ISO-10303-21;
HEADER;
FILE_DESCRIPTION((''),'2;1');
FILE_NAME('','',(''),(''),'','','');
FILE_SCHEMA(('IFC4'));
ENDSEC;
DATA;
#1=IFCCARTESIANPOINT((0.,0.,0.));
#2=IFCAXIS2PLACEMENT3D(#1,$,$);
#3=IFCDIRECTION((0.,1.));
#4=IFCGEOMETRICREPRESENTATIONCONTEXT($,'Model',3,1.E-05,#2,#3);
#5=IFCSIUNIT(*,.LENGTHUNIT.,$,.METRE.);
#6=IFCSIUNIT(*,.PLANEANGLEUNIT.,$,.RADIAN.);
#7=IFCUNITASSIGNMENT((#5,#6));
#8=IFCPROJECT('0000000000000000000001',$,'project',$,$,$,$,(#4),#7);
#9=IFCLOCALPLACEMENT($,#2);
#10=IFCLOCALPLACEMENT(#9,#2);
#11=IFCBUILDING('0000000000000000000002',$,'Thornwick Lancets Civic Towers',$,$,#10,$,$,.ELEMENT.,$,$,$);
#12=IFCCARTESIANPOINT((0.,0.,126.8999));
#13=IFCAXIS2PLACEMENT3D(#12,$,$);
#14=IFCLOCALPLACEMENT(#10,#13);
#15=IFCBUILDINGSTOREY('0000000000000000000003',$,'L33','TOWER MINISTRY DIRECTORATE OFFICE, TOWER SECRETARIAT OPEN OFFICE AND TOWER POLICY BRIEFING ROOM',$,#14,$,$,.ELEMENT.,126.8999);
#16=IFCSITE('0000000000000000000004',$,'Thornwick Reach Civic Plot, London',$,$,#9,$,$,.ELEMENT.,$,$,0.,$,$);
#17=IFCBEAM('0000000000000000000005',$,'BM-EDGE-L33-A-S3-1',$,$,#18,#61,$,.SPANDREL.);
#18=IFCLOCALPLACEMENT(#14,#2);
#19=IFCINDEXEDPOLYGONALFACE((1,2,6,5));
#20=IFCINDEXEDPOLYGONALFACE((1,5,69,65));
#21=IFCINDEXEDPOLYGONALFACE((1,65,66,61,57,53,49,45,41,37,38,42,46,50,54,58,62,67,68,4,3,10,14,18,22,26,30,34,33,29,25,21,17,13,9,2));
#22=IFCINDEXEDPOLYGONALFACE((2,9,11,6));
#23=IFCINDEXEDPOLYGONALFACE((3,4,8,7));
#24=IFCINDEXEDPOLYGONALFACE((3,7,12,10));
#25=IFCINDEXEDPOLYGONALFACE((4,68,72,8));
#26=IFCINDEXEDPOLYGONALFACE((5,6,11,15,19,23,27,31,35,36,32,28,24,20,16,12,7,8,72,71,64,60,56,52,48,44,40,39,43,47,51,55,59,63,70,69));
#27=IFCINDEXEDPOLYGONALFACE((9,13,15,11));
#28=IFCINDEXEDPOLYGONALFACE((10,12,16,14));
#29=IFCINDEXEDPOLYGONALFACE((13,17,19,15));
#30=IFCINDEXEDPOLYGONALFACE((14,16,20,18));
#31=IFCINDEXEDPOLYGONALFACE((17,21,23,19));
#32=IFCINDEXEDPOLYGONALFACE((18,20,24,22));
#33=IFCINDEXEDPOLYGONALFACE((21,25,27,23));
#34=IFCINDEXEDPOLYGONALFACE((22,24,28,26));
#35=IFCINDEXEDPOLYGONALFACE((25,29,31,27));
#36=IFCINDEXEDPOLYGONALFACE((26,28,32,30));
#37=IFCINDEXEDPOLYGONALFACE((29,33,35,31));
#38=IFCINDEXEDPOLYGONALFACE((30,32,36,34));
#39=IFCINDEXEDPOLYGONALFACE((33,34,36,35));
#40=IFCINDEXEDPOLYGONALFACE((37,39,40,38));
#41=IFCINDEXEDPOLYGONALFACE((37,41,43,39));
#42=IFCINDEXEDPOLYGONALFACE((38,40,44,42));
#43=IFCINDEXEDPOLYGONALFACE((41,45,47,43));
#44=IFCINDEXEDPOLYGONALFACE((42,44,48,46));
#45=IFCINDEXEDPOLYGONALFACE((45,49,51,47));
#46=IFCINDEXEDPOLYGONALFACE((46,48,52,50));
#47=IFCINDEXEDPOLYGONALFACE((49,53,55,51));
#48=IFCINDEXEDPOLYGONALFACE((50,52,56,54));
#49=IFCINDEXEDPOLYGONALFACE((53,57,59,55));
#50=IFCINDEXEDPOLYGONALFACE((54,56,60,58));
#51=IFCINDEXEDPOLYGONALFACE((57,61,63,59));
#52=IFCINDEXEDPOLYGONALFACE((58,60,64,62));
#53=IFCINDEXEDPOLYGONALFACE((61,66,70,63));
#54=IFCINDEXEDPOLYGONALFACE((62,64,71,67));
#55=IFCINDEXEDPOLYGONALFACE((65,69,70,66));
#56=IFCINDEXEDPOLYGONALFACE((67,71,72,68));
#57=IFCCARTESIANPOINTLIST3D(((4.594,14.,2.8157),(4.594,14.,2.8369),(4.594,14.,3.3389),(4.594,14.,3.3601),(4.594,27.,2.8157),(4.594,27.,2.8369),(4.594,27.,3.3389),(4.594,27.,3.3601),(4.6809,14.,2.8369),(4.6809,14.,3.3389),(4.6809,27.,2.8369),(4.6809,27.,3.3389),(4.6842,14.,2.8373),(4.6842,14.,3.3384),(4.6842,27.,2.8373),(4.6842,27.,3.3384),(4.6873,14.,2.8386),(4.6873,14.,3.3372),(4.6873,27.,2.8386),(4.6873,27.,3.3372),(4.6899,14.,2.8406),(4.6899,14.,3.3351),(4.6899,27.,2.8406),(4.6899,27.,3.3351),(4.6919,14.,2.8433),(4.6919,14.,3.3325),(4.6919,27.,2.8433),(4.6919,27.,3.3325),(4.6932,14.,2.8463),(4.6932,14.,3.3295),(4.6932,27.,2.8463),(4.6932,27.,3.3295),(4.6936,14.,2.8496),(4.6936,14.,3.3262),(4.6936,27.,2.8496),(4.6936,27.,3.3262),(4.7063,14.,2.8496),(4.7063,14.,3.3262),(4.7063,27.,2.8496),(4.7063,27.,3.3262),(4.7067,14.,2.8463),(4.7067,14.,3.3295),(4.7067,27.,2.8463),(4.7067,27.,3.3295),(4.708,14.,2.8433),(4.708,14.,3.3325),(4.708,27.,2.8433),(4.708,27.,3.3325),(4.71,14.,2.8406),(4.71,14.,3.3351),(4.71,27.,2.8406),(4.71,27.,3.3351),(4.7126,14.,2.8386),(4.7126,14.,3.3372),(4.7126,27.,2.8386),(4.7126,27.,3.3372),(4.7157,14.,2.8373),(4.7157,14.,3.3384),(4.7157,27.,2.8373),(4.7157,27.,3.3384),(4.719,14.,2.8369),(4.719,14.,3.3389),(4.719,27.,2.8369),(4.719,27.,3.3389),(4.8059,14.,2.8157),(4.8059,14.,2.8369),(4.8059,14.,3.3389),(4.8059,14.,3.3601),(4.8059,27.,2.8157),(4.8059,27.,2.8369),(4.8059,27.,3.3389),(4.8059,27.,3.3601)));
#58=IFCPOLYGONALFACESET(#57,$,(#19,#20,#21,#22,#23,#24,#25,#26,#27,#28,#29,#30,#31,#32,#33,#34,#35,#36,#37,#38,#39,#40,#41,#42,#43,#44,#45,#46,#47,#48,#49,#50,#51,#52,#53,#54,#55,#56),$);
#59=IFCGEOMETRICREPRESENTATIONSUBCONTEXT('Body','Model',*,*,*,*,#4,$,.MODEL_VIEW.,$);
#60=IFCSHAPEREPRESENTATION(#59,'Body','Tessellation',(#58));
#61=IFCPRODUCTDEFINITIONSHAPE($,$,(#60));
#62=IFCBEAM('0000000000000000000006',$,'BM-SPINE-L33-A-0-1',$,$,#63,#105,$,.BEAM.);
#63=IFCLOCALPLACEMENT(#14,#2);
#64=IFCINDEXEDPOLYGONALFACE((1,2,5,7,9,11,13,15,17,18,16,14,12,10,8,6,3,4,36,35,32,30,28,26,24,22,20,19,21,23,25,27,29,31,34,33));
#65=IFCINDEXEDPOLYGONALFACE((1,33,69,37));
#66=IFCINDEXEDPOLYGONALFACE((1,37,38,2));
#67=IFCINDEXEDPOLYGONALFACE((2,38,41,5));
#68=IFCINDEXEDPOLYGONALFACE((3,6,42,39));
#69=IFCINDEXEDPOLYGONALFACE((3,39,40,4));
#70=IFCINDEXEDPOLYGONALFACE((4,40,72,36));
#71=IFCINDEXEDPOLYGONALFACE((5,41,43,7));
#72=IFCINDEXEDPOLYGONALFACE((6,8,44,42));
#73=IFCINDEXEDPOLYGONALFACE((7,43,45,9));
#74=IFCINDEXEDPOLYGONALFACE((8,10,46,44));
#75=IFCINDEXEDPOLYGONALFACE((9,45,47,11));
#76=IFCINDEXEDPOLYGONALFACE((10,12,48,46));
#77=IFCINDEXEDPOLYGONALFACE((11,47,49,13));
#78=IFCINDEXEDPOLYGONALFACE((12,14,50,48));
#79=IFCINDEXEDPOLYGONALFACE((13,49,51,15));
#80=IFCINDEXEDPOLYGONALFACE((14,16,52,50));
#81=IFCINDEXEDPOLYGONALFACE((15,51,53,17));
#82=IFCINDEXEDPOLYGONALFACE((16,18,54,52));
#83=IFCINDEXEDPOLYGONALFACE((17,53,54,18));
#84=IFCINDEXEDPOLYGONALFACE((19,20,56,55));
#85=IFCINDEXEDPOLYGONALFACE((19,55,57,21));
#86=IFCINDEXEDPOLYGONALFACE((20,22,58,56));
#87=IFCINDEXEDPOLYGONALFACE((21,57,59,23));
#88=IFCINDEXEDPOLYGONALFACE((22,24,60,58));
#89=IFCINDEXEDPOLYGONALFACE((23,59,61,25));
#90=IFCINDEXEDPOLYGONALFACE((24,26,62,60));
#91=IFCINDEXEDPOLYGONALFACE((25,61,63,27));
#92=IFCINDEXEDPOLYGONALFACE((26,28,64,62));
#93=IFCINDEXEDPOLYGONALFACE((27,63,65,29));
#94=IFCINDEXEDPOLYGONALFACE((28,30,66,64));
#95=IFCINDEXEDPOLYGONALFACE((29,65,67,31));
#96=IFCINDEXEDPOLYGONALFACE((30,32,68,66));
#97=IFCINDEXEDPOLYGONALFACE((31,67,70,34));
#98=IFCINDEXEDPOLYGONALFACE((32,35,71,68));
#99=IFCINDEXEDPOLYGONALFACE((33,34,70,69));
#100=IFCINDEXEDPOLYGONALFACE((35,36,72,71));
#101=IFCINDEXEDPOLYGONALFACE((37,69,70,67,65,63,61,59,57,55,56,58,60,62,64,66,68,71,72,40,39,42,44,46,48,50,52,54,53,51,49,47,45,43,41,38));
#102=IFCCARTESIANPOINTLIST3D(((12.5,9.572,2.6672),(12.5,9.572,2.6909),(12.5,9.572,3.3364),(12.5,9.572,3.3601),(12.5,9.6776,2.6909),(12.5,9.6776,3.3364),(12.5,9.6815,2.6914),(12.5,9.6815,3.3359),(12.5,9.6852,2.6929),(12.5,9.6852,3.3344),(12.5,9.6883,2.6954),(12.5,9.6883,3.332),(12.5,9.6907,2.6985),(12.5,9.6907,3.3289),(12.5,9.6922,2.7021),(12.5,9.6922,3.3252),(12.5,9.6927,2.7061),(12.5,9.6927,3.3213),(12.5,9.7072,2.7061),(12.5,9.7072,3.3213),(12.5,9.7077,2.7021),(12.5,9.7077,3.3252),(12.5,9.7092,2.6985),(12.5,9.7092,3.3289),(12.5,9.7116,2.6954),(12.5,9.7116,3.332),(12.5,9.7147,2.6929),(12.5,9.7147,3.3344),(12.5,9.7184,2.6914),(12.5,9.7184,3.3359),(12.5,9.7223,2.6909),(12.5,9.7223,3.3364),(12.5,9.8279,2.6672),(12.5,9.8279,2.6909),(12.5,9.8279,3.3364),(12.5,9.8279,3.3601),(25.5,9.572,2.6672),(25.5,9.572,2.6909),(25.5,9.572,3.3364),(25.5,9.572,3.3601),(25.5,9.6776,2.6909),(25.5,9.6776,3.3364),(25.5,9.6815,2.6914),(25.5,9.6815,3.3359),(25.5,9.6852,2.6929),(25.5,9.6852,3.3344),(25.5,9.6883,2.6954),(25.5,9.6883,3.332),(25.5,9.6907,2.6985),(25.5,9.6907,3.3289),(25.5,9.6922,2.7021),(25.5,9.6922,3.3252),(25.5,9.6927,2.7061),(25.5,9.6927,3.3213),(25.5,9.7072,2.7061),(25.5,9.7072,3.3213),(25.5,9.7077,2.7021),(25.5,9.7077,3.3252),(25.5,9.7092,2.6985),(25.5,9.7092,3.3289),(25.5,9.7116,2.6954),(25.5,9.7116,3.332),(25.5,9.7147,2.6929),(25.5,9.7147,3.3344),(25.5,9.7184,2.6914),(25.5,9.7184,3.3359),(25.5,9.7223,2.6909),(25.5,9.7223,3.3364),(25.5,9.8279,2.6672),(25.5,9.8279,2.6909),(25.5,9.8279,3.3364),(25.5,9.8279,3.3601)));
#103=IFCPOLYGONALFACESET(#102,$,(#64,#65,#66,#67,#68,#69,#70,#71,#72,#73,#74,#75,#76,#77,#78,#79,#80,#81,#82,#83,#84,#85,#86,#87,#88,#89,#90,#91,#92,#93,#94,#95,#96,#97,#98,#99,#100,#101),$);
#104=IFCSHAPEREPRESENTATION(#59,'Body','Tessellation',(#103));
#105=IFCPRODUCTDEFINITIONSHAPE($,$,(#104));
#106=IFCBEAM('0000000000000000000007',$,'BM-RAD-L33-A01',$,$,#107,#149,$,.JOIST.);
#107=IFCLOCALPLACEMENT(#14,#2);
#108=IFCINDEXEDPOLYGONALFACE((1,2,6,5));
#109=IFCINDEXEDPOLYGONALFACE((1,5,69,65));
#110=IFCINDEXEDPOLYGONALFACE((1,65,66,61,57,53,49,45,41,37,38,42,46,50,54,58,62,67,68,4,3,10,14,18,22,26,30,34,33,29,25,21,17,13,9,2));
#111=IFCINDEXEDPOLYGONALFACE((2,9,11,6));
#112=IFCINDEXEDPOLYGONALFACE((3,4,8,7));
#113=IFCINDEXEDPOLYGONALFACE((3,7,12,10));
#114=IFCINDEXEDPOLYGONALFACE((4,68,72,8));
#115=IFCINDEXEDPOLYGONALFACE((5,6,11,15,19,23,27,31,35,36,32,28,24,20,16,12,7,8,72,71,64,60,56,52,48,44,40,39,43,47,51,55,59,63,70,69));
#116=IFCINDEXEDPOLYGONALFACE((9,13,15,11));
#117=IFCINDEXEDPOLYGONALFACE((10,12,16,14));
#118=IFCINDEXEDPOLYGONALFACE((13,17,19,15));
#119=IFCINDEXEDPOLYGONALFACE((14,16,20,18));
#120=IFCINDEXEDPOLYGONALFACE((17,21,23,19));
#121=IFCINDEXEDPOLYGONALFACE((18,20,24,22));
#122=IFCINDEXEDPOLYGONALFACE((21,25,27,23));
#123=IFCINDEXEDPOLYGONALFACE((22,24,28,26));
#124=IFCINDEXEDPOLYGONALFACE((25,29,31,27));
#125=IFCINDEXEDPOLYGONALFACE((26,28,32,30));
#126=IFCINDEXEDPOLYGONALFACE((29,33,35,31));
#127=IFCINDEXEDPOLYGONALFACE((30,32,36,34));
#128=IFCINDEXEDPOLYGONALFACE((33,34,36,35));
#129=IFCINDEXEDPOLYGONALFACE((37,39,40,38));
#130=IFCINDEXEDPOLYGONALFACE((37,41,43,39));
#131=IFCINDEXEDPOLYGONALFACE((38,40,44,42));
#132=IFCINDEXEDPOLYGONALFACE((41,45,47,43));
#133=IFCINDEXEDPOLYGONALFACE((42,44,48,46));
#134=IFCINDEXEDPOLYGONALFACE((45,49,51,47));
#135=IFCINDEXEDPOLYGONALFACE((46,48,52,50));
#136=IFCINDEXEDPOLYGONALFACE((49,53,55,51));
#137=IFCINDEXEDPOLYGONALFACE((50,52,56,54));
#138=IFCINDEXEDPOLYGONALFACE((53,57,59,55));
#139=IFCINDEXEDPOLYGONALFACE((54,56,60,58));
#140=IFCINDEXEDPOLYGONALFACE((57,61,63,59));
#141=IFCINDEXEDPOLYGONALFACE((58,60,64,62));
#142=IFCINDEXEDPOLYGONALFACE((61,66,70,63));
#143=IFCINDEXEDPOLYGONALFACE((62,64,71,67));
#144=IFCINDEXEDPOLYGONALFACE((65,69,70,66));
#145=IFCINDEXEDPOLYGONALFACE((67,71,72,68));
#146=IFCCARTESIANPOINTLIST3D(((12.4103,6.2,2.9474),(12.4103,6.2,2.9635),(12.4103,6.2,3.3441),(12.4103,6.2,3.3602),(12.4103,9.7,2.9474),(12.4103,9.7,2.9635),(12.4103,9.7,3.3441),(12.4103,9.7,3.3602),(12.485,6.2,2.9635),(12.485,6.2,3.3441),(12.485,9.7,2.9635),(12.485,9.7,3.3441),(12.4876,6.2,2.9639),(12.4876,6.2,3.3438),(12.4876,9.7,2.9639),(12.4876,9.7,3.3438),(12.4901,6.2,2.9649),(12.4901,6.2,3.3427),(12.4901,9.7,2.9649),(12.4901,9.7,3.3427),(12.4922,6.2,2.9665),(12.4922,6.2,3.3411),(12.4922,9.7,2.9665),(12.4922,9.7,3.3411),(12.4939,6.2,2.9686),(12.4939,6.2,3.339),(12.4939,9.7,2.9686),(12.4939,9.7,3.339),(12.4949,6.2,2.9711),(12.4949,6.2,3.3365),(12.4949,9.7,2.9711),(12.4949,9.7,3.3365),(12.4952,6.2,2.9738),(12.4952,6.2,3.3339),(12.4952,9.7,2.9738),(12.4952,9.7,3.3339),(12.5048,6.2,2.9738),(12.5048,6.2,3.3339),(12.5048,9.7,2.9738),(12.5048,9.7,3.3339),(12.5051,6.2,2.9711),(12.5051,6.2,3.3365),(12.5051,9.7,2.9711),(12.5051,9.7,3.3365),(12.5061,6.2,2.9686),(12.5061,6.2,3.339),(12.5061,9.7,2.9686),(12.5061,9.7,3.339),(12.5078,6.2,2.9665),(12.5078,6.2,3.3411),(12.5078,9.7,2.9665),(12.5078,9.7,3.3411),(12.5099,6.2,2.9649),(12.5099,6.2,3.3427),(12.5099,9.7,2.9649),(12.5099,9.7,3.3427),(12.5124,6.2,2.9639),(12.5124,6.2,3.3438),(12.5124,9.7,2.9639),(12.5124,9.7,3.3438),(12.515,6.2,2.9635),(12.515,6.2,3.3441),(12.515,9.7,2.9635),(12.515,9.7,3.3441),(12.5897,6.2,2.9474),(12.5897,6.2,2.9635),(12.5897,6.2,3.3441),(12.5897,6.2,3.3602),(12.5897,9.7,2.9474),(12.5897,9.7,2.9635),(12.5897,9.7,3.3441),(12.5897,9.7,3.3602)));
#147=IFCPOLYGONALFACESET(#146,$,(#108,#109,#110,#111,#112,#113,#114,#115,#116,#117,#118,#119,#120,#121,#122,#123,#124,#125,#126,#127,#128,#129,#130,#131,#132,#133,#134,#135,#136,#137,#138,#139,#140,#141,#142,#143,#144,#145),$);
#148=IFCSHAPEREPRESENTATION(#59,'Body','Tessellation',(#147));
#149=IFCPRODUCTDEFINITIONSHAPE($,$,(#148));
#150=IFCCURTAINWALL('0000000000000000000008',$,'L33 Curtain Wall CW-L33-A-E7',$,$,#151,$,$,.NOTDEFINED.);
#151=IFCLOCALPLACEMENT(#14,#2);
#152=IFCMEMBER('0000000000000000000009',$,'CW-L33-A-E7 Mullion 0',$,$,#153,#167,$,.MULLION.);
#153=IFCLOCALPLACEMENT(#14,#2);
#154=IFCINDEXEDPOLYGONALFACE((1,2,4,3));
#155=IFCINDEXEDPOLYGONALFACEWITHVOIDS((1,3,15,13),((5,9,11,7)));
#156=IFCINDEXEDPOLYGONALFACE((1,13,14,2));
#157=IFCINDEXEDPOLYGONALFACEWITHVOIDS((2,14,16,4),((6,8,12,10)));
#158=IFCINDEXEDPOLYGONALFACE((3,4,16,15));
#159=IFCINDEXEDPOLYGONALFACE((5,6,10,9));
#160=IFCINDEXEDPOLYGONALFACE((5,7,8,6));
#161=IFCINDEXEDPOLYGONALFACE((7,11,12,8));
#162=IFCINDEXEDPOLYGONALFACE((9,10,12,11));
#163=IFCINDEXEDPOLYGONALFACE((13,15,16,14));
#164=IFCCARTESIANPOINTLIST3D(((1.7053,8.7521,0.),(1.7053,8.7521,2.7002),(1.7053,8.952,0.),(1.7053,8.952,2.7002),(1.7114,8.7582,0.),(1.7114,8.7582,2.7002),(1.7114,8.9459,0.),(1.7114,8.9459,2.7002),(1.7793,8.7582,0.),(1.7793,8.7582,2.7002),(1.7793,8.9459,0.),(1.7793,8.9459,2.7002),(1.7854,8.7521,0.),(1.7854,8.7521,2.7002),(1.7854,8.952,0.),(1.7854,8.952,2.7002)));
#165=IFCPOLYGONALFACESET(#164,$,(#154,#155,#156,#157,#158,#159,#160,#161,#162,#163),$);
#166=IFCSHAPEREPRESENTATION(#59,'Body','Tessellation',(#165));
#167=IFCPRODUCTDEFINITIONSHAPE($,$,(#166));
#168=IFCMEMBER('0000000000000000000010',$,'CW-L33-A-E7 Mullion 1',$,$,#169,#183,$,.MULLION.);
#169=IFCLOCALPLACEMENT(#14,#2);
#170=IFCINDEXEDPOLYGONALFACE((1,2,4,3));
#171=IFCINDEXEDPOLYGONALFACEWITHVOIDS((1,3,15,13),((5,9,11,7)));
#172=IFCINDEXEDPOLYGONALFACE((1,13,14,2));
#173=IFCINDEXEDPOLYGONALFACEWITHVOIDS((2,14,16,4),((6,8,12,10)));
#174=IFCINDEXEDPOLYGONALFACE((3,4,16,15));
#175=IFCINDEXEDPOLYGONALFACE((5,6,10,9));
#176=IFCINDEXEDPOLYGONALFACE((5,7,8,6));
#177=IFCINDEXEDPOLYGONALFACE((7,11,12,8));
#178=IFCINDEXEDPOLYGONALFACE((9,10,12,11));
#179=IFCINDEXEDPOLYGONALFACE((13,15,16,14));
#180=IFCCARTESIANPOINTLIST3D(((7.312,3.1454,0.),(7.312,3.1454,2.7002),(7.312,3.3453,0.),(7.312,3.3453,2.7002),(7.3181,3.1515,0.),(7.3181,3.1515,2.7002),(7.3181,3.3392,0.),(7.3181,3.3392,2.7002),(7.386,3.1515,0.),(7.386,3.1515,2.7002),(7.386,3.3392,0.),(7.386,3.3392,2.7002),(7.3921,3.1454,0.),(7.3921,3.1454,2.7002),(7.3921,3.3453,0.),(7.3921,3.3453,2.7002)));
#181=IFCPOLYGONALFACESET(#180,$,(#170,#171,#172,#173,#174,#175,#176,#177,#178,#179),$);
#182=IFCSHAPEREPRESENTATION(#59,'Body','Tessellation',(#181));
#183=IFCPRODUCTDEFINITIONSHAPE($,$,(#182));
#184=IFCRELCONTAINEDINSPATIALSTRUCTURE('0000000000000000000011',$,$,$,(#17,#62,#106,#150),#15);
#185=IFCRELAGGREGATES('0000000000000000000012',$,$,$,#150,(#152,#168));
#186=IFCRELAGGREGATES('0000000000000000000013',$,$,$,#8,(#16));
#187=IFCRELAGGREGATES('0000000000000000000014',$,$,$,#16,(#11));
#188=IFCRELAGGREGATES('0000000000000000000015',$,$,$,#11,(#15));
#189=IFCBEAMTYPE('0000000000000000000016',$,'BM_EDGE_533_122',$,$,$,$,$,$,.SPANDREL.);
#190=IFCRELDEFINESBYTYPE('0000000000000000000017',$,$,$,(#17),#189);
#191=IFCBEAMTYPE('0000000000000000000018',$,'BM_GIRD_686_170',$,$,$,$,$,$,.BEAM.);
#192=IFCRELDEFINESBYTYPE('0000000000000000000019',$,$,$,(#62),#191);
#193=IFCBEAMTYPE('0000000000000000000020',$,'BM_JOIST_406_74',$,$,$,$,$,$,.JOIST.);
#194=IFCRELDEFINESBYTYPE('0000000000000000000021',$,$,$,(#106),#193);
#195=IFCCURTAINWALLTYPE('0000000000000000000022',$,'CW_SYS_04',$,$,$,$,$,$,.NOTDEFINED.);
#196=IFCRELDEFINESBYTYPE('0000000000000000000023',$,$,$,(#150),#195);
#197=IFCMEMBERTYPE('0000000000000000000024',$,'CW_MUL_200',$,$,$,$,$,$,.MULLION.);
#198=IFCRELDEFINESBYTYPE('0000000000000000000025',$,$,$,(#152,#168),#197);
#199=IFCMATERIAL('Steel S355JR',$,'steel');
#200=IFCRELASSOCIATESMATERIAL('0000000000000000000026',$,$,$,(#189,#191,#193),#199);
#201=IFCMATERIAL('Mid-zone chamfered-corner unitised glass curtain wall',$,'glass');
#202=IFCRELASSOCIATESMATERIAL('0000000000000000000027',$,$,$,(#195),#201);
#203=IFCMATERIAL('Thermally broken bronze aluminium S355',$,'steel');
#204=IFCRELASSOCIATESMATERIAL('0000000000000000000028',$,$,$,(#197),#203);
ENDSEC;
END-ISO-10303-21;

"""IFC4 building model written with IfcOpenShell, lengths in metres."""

from ifc_helpers import new_model, si_unit, direction, frame, origin, origin_2d, place, context, subcontext, project, spatial, hollow_rectangle, i_section, extrude, material, material_profile, profile_set, type_object, element, aggregate, save


model = new_model("IFC4")

# Units and contexts
model_context = context("Model", 3, precision=1e-05, world=origin(), true_north=direction((0.0, 1.0)))
body_context = subcontext(model_context, "Body", "Model", "MODEL_VIEW")
ifc_project = project(units=[si_unit("LENGTHUNIT", "METRE"), si_unit("PLANEANGLEUNIT", "RADIAN")], contexts=[model_context])

# Site, building, storey
site_placement = place(None, origin())
site = spatial("IfcSite", under=ifc_project, at=site_placement, Name="Thornwick Reach Civic Plot, London", CompositionType="ELEMENT", RefElevation=0.0)
building_placement = place(site_placement, origin())
building = spatial("IfcBuilding", under=site, at=building_placement, Name="Thornwick Lancets Civic Towers", CompositionType="ELEMENT")
storey_placement = place(building_placement, frame((0.0, 0.0, 126.8999)))
storey = spatial("IfcBuildingStorey", under=building, at=storey_placement, Name="L33", Description="TOWER MINISTRY DIRECTORATE OFFICE, TOWER SECRETARIAT OPEN OFFICE AND TOWER POLICY BRIEFING ROOM", CompositionType="ELEMENT", Elevation=126.8999)

# Beams
ifc_material_1 = material(Name="Steel S355JR", Category="steel")
ifc_material_profile_1 = material_profile(ifc_material_1, i_section(OverallWidth=0.2119, OverallDepth=0.5444, WebThickness=0.0127, FlangeThickness=0.0212, FilletRadius=0.0127, at=origin_2d()), Name="UKB 533x210x122")
ifc_profile_set_1 = profile_set([ifc_material_profile_1], Name="Steel S355JR")
beam_type_1 = type_object("IfcBeamType", Name="BM_EDGE_533_122", PredefinedType="SPANDREL", material=ifc_profile_set_1)
for number, where, z_axis, x_axis, name in (
    (1, (4.7, 14.0, 3.0879), (0.0, 1.0, 0.0), (-1.0, 0.0, 0.0), "BM-EDGE-L33-A-S3-1"),
):
    element("IfcBeam", number, at=place(storey_placement, frame(where, z_axis=z_axis, x_axis=x_axis)), inside=storey, type_object=beam_type_1, Name=name, PredefinedType="SPANDREL", context=body_context, shape_type="SweptSolid", body=[
        extrude(i_section(OverallWidth=0.2119, OverallDepth=0.5444, WebThickness=0.0127, FlangeThickness=0.0212, FilletRadius=0.0127, at=origin_2d()), origin(), (0.0, 0.0, 1.0), 13.0),
    ])
ifc_material_profile_2 = material_profile(ifc_material_1, i_section(OverallWidth=0.2559, OverallDepth=0.6929, WebThickness=0.0144, FlangeThickness=0.0237, FilletRadius=0.0151, at=origin_2d()), Name="UKB 686x254x170")
ifc_profile_set_2 = profile_set([ifc_material_profile_2], Name="Steel S355JR")
beam_type_2 = type_object("IfcBeamType", Name="BM_GIRD_686_170", PredefinedType="BEAM", material=ifc_profile_set_2)
beam_1_placement = place(storey_placement, frame((12.5, 9.7, 3.0137), z_axis=(1.0, 0.0, 0.0), x_axis=(0.0, 1.0, 0.0)))
element("IfcBeam", 2, at=beam_1_placement, inside=storey, type_object=beam_type_2, Name="BM-SPINE-L33-A-0-1", PredefinedType="BEAM", context=body_context, shape_type="SweptSolid", body=[
    extrude(i_section(OverallWidth=0.2559, OverallDepth=0.6929, WebThickness=0.0144, FlangeThickness=0.0237, FilletRadius=0.0151, at=origin_2d()), origin(), (0.0, 0.0, 1.0), 13.0),
])
ifc_material_profile_3 = material_profile(ifc_material_1, i_section(OverallWidth=0.1794, OverallDepth=0.4128, WebThickness=0.0095, FlangeThickness=0.0161, FilletRadius=0.0103, at=origin_2d()), Name="UKB 406x178x74")
ifc_profile_set_3 = profile_set([ifc_material_profile_3], Name="Steel S355JR")
beam_type_3 = type_object("IfcBeamType", Name="BM_JOIST_406_74", PredefinedType="JOIST", material=ifc_profile_set_3)
beam_2_placement = place(storey_placement, frame((12.5, 9.7, 3.1538), z_axis=(0.0, -1.0, 0.0), x_axis=(1.0, 0.0, 0.0)))
element("IfcBeam", 3, at=beam_2_placement, inside=storey, type_object=beam_type_3, Name="BM-RAD-L33-A01", PredefinedType="JOIST", context=body_context, shape_type="SweptSolid", body=[
    extrude(i_section(OverallWidth=0.1794, OverallDepth=0.4128, WebThickness=0.0095, FlangeThickness=0.0161, FilletRadius=0.0103, at=origin_2d()), origin(), (0.0, 0.0, 1.0), 3.5),
])

# Curtain wall, members
ifc_material_2 = material(Name="Mid-zone chamfered-corner unitised glass curtain wall", Category="glass")
curtain_wall_type = type_object("IfcCurtainWallType", Name="CW_SYS_04", PredefinedType="NOTDEFINED", material=ifc_material_2)
curtain_wall_placement = place(storey_placement, origin())
curtain_wall = element("IfcCurtainWall", 4, at=curtain_wall_placement, inside=storey, type_object=curtain_wall_type, Name="L33 Curtain Wall CW-L33-A-E7", PredefinedType="NOTDEFINED")
ifc_material_3 = material(Name="Thermally broken bronze aluminium S355", Category="steel")
ifc_material_profile_4 = material_profile(ifc_material_3, hollow_rectangle(XDim=0.0801, YDim=0.2, WallThickness=0.0061, at=origin_2d()), Name="RHS 200x80x6")
ifc_profile_set_4 = profile_set([ifc_material_profile_4], Name="Thermally broken bronze aluminium S355")
member_type_1 = type_object("IfcMemberType", Name="CW_MUL_200", PredefinedType="MULLION", material=ifc_profile_set_4)
member_1_placement = place(storey_placement, frame((1.7454, 8.8521, 0.0), z_axis=(0.0, 0.0, 1.0), x_axis=(1.0, 0.0, 0.0)))
member_1 = element("IfcMember", 5, at=member_1_placement, type_object=member_type_1, Name="CW-L33-A-E7 Mullion 0", PredefinedType="MULLION", context=body_context, shape_type="SweptSolid", body=[
    extrude(hollow_rectangle(XDim=0.0801, YDim=0.2, WallThickness=0.0061, at=origin_2d()), origin(), (0.0, 0.0, 1.0), 2.7002),
])
member_2_placement = place(storey_placement, frame((7.3521, 3.2454, 0.0), z_axis=(0.0, 0.0, 1.0), x_axis=(1.0, 0.0, 0.0)))
member_2 = element("IfcMember", 6, at=member_2_placement, type_object=member_type_1, Name="CW-L33-A-E7 Mullion 1", PredefinedType="MULLION", context=body_context, shape_type="SweptSolid", body=[
    extrude(hollow_rectangle(XDim=0.0801, YDim=0.2, WallThickness=0.0061, at=origin_2d()), origin(), (0.0, 0.0, 1.0), 2.7002),
])
aggregate(curtain_wall, [member_1, member_2])

save(model, "model.ifc")
